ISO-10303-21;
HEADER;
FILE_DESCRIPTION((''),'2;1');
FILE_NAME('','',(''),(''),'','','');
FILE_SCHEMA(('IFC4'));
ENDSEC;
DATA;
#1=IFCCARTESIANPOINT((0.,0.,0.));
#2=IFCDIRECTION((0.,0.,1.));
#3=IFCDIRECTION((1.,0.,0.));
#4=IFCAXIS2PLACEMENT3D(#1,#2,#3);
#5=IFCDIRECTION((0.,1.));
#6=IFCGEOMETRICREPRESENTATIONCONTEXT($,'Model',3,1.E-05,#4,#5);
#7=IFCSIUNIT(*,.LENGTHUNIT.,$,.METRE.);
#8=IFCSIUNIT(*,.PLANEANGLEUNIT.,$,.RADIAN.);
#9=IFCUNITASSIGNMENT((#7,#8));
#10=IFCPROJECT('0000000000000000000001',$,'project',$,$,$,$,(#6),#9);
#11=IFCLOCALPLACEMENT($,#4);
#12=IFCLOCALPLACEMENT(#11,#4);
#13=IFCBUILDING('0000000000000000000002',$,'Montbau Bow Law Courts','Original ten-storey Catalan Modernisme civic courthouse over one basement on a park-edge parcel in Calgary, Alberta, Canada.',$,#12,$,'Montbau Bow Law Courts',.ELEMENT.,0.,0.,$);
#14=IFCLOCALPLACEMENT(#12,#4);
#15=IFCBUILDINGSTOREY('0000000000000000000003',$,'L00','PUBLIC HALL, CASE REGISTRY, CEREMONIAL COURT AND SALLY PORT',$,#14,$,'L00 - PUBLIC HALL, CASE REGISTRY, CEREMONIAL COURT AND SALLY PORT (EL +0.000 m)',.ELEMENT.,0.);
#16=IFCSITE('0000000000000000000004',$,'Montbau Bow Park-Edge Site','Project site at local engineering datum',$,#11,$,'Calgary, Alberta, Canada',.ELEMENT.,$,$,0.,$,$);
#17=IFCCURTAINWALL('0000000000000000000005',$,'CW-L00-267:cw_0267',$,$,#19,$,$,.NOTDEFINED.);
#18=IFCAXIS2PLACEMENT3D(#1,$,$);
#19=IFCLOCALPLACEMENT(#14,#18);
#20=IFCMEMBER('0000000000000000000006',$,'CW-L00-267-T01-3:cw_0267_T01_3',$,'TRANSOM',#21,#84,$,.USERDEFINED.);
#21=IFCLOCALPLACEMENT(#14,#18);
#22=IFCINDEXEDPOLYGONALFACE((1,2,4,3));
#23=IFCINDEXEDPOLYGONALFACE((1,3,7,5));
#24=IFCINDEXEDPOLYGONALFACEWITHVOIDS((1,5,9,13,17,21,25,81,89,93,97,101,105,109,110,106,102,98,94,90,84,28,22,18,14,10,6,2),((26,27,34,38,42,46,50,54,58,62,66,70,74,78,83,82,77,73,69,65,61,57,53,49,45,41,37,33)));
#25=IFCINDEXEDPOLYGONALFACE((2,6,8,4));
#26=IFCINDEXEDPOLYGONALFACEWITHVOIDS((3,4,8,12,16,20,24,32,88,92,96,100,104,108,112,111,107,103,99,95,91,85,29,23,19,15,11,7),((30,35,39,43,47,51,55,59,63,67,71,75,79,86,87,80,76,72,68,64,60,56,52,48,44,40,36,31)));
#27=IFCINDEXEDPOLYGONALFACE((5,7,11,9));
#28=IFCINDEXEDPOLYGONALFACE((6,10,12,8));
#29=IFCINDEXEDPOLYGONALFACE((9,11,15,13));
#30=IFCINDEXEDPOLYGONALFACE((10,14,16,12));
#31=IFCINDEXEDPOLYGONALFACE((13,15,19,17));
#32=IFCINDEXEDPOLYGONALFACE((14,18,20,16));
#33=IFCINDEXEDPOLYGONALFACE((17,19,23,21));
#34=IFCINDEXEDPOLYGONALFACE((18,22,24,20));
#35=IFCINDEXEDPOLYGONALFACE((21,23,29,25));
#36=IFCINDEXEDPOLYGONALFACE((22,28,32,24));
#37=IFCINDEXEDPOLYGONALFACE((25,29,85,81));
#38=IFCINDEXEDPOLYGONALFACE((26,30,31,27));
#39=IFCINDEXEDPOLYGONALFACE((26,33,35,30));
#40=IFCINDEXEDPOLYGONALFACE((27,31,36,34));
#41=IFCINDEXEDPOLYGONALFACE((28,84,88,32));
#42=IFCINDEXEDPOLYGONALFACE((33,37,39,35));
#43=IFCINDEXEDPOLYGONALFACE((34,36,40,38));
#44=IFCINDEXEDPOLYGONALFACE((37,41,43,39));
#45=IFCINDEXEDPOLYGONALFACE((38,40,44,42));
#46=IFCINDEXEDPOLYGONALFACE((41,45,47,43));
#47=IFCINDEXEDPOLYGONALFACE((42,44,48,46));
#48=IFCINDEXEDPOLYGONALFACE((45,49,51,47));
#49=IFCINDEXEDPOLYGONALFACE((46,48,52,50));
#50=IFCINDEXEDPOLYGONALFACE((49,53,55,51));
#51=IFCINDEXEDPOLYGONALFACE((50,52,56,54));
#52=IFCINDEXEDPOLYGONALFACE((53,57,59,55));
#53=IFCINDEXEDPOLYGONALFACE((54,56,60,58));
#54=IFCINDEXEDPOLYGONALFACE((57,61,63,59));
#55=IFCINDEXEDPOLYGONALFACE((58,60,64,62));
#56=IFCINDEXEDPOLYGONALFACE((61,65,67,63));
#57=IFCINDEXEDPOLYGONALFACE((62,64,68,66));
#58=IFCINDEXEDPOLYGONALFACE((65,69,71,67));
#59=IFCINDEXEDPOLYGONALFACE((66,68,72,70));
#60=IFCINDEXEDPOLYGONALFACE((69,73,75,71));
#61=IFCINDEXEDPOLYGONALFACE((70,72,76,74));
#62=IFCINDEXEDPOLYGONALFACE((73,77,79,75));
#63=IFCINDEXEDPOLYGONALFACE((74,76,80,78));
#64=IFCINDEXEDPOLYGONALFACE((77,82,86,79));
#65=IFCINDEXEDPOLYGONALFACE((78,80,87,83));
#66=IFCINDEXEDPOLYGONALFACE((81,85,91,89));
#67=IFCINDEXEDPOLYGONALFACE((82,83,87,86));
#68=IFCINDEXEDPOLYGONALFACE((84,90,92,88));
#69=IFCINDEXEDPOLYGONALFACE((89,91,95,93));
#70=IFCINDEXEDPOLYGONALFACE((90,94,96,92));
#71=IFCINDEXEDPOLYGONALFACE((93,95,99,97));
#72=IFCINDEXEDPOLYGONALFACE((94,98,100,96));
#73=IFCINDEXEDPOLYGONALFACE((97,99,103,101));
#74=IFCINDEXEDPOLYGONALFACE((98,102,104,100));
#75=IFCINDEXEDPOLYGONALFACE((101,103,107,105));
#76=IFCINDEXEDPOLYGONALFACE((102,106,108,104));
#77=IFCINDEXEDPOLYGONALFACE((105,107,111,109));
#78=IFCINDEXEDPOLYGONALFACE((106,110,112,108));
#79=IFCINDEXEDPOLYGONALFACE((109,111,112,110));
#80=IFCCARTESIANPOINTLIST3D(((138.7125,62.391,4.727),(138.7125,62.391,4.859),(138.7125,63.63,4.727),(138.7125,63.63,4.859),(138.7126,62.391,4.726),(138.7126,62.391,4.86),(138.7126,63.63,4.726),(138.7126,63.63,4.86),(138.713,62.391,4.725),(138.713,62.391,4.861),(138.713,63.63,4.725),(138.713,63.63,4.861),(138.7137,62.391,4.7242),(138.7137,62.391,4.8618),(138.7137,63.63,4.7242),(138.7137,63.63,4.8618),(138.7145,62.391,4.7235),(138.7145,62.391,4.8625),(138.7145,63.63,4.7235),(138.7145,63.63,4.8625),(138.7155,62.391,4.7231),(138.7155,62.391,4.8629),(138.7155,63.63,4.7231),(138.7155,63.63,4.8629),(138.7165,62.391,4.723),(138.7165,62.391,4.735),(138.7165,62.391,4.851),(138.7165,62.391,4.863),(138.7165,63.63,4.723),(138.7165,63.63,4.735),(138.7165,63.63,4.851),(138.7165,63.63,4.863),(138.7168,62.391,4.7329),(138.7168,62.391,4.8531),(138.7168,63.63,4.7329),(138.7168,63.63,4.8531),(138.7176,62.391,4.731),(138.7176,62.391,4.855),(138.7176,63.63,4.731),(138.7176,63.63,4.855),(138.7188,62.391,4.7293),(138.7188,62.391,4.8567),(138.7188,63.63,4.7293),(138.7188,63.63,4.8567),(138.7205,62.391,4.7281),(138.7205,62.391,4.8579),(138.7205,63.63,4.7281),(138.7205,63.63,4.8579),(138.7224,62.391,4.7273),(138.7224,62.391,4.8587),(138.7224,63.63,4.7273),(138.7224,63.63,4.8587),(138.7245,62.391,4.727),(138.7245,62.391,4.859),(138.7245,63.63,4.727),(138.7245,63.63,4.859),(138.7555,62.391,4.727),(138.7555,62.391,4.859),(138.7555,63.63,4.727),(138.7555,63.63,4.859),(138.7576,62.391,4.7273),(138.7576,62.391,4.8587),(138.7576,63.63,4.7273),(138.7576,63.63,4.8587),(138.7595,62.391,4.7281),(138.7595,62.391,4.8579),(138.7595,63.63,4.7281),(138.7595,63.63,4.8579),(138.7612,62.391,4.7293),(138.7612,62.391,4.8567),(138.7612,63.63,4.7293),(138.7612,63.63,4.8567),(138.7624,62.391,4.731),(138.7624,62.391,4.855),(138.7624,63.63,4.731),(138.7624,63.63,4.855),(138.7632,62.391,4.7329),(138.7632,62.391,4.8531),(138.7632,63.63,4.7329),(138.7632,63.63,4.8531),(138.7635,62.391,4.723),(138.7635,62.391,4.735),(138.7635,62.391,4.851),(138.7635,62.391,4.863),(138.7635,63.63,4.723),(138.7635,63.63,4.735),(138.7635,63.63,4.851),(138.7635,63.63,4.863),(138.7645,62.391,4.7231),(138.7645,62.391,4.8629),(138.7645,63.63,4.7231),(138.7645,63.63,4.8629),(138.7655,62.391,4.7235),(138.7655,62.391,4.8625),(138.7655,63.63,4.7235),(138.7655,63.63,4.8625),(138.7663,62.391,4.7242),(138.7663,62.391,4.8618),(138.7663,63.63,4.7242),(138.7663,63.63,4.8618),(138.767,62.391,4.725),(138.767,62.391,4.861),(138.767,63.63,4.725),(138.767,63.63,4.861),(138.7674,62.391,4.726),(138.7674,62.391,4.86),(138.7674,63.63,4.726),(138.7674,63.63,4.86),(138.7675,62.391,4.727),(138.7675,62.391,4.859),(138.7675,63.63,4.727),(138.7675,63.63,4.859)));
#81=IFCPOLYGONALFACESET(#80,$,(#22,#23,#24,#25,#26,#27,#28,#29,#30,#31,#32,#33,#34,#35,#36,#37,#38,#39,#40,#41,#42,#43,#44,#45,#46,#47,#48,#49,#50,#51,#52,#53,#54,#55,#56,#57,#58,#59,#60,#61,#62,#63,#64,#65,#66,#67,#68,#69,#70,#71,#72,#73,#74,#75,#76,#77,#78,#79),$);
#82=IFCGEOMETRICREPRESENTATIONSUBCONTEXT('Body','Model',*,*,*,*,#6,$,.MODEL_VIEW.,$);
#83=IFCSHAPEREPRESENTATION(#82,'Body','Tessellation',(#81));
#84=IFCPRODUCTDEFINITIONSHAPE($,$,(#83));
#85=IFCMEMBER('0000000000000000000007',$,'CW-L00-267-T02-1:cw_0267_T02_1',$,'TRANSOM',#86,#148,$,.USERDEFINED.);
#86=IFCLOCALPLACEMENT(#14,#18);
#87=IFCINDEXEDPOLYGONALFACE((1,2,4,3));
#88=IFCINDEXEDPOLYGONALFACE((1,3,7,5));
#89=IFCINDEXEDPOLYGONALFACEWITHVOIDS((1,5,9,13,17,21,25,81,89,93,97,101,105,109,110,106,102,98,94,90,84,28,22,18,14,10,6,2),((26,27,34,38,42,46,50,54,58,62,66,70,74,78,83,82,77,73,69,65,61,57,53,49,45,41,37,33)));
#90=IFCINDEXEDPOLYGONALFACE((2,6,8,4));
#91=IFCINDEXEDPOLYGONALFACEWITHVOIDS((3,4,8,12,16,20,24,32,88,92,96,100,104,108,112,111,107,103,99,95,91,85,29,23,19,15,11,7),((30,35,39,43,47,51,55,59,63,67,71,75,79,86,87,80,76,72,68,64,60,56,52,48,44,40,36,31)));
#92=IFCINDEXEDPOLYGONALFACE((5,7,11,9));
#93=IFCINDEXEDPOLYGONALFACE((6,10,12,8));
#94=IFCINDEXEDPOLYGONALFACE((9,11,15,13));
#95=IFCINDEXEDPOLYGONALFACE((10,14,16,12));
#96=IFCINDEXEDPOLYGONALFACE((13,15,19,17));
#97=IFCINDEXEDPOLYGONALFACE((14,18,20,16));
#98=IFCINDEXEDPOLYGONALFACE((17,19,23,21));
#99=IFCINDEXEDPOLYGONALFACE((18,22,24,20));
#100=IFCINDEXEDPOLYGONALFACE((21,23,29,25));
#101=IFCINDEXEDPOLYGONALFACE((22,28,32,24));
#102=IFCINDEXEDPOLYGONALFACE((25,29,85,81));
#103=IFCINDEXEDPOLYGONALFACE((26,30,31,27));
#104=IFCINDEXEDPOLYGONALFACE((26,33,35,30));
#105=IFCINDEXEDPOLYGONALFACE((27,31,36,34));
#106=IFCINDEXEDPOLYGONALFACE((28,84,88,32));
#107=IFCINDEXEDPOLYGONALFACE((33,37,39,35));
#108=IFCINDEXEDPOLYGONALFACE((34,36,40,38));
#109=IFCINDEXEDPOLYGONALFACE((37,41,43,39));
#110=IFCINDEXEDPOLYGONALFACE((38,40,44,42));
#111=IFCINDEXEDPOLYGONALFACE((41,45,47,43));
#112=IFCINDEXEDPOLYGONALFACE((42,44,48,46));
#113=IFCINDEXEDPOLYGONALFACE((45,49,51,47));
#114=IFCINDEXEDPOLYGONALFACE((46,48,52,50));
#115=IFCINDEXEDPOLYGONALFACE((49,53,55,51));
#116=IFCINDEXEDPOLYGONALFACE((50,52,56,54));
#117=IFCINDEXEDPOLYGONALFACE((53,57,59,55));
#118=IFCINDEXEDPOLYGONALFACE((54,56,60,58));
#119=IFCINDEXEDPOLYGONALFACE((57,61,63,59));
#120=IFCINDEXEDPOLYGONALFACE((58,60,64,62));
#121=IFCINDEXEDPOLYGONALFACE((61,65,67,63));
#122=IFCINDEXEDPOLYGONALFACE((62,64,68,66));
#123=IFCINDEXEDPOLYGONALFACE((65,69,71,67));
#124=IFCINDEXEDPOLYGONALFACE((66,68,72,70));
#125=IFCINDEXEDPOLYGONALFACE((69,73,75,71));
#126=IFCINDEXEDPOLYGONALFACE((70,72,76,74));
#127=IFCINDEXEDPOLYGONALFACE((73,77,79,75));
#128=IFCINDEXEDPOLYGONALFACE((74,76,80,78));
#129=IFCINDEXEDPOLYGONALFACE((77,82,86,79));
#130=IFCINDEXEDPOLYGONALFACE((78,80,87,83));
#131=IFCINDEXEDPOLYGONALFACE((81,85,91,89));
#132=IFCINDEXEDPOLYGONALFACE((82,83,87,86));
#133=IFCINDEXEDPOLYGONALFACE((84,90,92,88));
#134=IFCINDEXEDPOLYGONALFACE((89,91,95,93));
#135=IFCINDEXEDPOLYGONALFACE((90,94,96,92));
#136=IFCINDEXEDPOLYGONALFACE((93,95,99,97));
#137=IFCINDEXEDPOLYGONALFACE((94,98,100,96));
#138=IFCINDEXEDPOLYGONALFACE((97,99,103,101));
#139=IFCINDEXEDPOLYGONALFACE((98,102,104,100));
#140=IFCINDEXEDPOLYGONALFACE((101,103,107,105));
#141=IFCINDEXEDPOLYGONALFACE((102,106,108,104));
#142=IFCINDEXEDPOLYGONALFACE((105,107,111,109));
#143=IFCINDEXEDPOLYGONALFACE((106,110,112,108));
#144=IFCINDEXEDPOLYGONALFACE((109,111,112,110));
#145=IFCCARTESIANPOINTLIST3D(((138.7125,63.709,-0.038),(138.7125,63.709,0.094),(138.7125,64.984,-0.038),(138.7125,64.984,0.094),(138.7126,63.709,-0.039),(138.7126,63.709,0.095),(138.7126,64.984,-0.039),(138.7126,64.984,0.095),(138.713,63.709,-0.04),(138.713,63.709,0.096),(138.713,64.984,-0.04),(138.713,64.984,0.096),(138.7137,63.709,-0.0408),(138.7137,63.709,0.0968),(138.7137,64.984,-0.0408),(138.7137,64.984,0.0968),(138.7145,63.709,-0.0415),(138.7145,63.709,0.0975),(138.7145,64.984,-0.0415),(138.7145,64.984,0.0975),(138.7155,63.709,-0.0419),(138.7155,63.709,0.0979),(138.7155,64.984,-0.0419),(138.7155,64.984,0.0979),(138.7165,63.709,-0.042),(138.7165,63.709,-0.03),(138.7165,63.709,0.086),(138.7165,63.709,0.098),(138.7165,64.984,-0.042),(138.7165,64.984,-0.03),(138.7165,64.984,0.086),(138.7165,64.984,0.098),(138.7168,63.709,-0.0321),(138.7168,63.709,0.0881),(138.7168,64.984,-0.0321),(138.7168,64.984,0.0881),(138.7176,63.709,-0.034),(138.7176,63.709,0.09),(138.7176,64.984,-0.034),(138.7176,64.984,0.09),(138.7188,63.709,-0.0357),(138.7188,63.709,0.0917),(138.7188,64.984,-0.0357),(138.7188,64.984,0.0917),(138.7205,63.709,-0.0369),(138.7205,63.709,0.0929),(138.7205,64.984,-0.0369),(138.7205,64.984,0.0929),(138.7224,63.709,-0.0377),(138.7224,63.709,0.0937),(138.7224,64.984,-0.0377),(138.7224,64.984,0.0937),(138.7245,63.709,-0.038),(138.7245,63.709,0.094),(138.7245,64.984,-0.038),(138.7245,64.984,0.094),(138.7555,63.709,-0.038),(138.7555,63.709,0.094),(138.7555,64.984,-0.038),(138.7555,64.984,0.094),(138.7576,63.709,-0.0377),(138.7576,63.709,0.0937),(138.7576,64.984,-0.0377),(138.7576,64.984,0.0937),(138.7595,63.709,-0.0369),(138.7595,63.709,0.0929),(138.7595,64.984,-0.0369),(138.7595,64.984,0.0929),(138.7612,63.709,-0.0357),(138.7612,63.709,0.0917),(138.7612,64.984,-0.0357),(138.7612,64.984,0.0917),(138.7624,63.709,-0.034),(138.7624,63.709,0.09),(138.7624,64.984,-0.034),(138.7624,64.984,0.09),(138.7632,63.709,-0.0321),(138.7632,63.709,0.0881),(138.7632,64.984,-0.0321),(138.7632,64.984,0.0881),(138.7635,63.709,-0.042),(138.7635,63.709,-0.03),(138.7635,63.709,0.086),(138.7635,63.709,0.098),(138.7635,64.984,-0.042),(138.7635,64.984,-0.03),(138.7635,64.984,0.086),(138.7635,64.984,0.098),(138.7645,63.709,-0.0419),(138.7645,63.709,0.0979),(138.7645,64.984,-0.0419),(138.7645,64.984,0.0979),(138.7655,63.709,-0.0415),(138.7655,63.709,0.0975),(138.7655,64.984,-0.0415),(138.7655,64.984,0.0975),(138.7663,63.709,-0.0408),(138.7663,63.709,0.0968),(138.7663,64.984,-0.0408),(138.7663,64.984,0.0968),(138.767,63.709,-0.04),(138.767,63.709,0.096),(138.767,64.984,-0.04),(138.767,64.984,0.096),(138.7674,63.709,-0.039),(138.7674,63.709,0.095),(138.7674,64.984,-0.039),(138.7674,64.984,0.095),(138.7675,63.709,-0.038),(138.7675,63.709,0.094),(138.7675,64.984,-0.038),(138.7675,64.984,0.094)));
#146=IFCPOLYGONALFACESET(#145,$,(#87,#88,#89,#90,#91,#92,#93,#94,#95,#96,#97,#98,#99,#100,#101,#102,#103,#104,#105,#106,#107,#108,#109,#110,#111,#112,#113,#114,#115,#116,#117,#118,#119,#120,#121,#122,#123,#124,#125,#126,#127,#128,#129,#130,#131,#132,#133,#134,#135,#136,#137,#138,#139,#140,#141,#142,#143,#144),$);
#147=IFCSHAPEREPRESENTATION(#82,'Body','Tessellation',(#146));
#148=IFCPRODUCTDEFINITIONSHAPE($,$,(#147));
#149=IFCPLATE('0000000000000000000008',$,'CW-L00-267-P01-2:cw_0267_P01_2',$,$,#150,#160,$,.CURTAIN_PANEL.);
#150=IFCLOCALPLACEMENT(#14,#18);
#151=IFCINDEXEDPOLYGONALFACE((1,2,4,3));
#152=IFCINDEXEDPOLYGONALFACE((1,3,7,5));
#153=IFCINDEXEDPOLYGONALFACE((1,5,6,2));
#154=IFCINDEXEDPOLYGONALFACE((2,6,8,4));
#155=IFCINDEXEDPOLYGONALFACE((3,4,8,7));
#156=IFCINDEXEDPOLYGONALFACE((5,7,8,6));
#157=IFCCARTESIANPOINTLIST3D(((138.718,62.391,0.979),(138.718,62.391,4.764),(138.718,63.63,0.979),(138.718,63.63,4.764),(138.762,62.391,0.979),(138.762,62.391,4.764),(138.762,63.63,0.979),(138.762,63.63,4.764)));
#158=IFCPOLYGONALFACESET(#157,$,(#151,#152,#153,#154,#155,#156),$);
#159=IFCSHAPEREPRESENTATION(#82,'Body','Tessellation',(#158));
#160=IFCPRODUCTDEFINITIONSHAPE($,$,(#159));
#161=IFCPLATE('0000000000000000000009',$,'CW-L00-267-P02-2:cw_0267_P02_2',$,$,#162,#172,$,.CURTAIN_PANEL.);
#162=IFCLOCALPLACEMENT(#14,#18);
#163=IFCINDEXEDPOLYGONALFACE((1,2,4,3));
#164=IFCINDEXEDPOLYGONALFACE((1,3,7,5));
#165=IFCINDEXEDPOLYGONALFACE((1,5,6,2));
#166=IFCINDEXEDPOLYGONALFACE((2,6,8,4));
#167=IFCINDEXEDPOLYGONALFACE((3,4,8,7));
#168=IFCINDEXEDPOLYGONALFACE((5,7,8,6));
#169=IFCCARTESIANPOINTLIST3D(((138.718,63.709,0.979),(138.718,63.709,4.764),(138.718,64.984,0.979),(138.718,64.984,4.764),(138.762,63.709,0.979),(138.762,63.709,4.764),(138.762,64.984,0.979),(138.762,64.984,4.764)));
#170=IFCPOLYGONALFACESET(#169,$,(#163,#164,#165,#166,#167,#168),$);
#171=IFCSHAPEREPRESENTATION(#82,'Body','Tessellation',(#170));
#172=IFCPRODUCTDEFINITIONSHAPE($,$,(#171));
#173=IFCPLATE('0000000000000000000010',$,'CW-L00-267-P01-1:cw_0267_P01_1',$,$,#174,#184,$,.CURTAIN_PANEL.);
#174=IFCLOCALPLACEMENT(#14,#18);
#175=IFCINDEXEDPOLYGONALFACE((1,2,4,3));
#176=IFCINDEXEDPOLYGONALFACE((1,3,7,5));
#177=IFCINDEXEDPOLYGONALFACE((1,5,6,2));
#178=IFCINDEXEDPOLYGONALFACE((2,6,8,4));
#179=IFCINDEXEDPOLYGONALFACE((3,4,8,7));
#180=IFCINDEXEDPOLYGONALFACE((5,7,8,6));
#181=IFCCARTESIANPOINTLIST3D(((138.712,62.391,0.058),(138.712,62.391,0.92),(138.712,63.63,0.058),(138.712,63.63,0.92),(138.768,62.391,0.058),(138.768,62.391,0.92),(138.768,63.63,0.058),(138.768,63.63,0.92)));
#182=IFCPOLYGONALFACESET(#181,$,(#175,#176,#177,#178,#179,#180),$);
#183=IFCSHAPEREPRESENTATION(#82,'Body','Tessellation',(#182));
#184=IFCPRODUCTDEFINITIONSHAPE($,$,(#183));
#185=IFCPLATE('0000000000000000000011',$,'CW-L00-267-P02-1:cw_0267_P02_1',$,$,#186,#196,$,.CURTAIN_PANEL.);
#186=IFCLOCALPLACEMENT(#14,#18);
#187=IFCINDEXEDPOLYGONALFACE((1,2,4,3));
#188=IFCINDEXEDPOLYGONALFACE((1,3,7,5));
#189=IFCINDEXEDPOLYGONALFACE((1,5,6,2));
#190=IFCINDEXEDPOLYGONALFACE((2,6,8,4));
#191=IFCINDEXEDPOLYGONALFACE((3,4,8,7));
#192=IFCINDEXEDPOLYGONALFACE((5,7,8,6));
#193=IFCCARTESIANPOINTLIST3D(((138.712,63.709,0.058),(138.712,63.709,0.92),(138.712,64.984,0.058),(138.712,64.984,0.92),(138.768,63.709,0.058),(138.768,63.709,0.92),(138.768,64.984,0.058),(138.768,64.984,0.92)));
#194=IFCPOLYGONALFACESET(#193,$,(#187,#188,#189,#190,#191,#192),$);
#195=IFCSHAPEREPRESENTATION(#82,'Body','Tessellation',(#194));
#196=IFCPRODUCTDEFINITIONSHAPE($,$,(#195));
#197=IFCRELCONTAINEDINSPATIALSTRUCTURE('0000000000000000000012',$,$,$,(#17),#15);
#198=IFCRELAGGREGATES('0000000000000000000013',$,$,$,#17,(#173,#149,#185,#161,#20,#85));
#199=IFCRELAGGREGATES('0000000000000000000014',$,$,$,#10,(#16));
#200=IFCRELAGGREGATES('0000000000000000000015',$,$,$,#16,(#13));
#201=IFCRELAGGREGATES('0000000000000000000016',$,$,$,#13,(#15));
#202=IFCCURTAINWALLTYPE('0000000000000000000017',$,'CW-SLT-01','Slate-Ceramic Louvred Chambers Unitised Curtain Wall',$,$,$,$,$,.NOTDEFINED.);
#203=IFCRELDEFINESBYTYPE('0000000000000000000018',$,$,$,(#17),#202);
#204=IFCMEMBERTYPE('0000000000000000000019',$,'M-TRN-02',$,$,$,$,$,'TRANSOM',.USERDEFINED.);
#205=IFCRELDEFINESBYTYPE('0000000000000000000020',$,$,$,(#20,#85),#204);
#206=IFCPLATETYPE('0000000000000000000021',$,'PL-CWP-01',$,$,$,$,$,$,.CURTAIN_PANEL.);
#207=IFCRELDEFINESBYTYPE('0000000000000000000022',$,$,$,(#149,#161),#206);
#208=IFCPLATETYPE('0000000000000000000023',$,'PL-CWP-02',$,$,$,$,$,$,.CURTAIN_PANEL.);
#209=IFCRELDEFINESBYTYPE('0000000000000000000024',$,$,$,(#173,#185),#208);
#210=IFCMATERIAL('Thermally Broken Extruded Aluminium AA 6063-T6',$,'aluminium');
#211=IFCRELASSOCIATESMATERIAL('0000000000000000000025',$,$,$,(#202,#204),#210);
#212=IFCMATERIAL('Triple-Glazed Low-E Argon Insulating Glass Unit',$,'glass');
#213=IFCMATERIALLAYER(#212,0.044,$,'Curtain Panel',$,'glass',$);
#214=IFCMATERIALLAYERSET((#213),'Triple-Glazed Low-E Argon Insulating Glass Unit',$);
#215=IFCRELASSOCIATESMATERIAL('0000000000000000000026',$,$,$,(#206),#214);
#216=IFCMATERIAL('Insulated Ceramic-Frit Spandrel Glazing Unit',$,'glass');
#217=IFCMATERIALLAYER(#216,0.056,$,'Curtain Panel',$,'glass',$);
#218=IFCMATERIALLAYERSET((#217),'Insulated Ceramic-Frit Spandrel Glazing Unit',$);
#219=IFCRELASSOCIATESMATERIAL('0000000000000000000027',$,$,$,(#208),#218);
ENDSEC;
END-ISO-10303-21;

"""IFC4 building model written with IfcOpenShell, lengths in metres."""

from ifc_helpers import new_model, si_unit, direction, frame, frame_2d, origin_with_axes, origin_2d_with_axis, place, context, subcontext, project, spatial, rectangle, hollow_rectangle, extrude, material, layer, layer_set, material_profile, profile_set, type_object, element, aggregate, save


model = new_model("IFC4")

# Units and contexts
model_context = context("Model", 3, precision=1e-05, world=origin_with_axes(), true_north=direction((0.0, 1.0)))
body_context = subcontext(model_context, "Body", "Model", "MODEL_VIEW")
ifc_project = project(units=[si_unit("LENGTHUNIT", "METRE"), si_unit("PLANEANGLEUNIT", "RADIAN")], contexts=[model_context])

# Site, building, storey
site_placement = place(None, origin_with_axes())
site = spatial("IfcSite", under=ifc_project, at=site_placement, Name="Montbau Bow Park-Edge Site", Description="Project site at local engineering datum", LongName="Calgary, Alberta, Canada", CompositionType="ELEMENT", RefElevation=0.0)
building_placement = place(site_placement, origin_with_axes())
building = spatial("IfcBuilding", under=site, at=building_placement, Name="Montbau Bow Law Courts", Description="Original ten-storey Catalan Modernisme civic courthouse over one basement on a park-edge parcel in Calgary, Alberta, Canada.", LongName="Montbau Bow Law Courts", CompositionType="ELEMENT", ElevationOfRefHeight=0.0, ElevationOfTerrain=0.0)
storey_placement = place(building_placement, origin_with_axes())
storey = spatial("IfcBuildingStorey", under=building, at=storey_placement, Name="L00", Description="PUBLIC HALL, CASE REGISTRY, CEREMONIAL COURT AND SALLY PORT", LongName="L00 - PUBLIC HALL, CASE REGISTRY, CEREMONIAL COURT AND SALLY PORT (EL +0.000 m)", CompositionType="ELEMENT", Elevation=0.0)

# Curtain wall, members, plates
ifc_material_1 = material(Name="Thermally Broken Extruded Aluminium AA 6063-T6", Category="aluminium")
curtain_wall_type = type_object("IfcCurtainWallType", Name="CW-SLT-01", Description="Slate-Ceramic Louvred Chambers Unitised Curtain Wall", PredefinedType="NOTDEFINED", material=ifc_material_1)
curtain_wall_placement = place(None, frame((138.74, 62.315, 0.0), z_axis=(0.0, 0.0, 1.0), x_axis=(1.0, 0.0, 0.0)))
curtain_wall = element("IfcCurtainWall", 1, at=curtain_wall_placement, inside=storey, type_object=curtain_wall_type, Name="CW-L00-267:cw_0267", PredefinedType="NOTDEFINED")
ifc_material_profile_1 = material_profile(ifc_material_1, hollow_rectangle(XDim=0.055, YDim=0.14, WallThickness=0.004, InnerFilletRadius=0.008, OuterFilletRadius=0.004, at=origin_2d_with_axis()), Name="CWT-140X55", Category="Main", Priority=0)
ifc_profile_set_1 = profile_set([ifc_material_profile_1], Name="Thermally Broken Extruded Aluminium AA 6063-T6")
member_type_1 = type_object("IfcMemberType", Name="M-TRN-02", ElementType="TRANSOM", PredefinedType="USERDEFINED", material=ifc_profile_set_1)
member_1_placement = place(None, frame((138.74, 62.391, 4.793), z_axis=(0.0, 1.0, 0.0), x_axis=(-1.0, 0.0, 0.0)))
member_1 = element("IfcMember", 2, at=member_1_placement, type_object=member_type_1, Name="CW-L00-267-T01-3:cw_0267_T01_3", ObjectType="TRANSOM", PredefinedType="USERDEFINED", context=body_context, shape_type="SweptSolid", body=[
    extrude(hollow_rectangle(XDim=0.055, YDim=0.14, WallThickness=0.004, InnerFilletRadius=0.008, OuterFilletRadius=0.004, at=origin_2d_with_axis()), origin_with_axes(), (0.0, 0.0, 1.0), 1.239),
])
member_2_placement = place(None, frame((138.74, 63.709, 0.028), z_axis=(0.0, 1.0, 0.0), x_axis=(-1.0, 0.0, 0.0)))
member_2 = element("IfcMember", 3, at=member_2_placement, type_object=member_type_1, Name="CW-L00-267-T02-1:cw_0267_T02_1", ObjectType="TRANSOM", PredefinedType="USERDEFINED", context=body_context, shape_type="SweptSolid", body=[
    extrude(hollow_rectangle(XDim=0.055, YDim=0.14, WallThickness=0.004, InnerFilletRadius=0.008, OuterFilletRadius=0.004, at=origin_2d_with_axis()), origin_with_axes(), (0.0, 0.0, 1.0), 1.275),
])
ifc_material_2 = material(Name="Triple-Glazed Low-E Argon Insulating Glass Unit", Category="glass")
ifc_layer_1 = layer(ifc_material_2, 0.044, Name="Curtain Panel", Category="glass")
ifc_layer_set_1 = layer_set([ifc_layer_1], Name="Triple-Glazed Low-E Argon Insulating Glass Unit")
plate_type_1 = type_object("IfcPlateType", Name="PL-CWP-01", PredefinedType="CURTAIN_PANEL", material=ifc_layer_set_1)
plate_1_placement = place(None, frame((138.74, 62.391, 0.979), z_axis=(1.0, 0.0, 0.0), x_axis=(0.0, 1.0, 0.0)))
plate_1 = element("IfcPlate", 4, at=plate_1_placement, type_object=plate_type_1, Name="CW-L00-267-P01-2:cw_0267_P01_2", PredefinedType="CURTAIN_PANEL", context=body_context, shape_type="SweptSolid", body=[
    extrude(rectangle(XDim=1.239, YDim=3.785, at=frame_2d((0.6195, 1.8925), x_axis=(1.0, 0.0))), frame((0.0, 0.0, -0.022), z_axis=(0.0, 0.0, 1.0), x_axis=(1.0, 0.0, 0.0)), (0.0, 0.0, 1.0), 0.044),
])
plate_2_placement = place(None, frame((138.74, 63.709, 0.979), z_axis=(1.0, 0.0, 0.0), x_axis=(0.0, 1.0, 0.0)))
plate_2 = element("IfcPlate", 5, at=plate_2_placement, type_object=plate_type_1, Name="CW-L00-267-P02-2:cw_0267_P02_2", PredefinedType="CURTAIN_PANEL", context=body_context, shape_type="SweptSolid", body=[
    extrude(rectangle(XDim=1.275, YDim=3.785, at=frame_2d((0.6375, 1.8925), x_axis=(1.0, 0.0))), frame((0.0, 0.0, -0.022), z_axis=(0.0, 0.0, 1.0), x_axis=(1.0, 0.0, 0.0)), (0.0, 0.0, 1.0), 0.044),
])
ifc_material_3 = material(Name="Insulated Ceramic-Frit Spandrel Glazing Unit", Category="glass")
ifc_layer_2 = layer(ifc_material_3, 0.056, Name="Curtain Panel", Category="glass")
ifc_layer_set_2 = layer_set([ifc_layer_2], Name="Insulated Ceramic-Frit Spandrel Glazing Unit")
plate_type_2 = type_object("IfcPlateType", Name="PL-CWP-02", PredefinedType="CURTAIN_PANEL", material=ifc_layer_set_2)
plate_3_placement = place(None, frame((138.74, 62.391, 0.058), z_axis=(1.0, 0.0, 0.0), x_axis=(0.0, 1.0, 0.0)))
plate_3 = element("IfcPlate", 6, at=plate_3_placement, type_object=plate_type_2, Name="CW-L00-267-P01-1:cw_0267_P01_1", PredefinedType="CURTAIN_PANEL", context=body_context, shape_type="SweptSolid", body=[
    extrude(rectangle(XDim=1.239, YDim=0.862, at=frame_2d((0.6195, 0.431), x_axis=(1.0, 0.0))), frame((0.0, 0.0, -0.028), z_axis=(0.0, 0.0, 1.0), x_axis=(1.0, 0.0, 0.0)), (0.0, 0.0, 1.0), 0.056),
])
plate_4_placement = place(None, frame((138.74, 63.709, 0.058), z_axis=(1.0, 0.0, 0.0), x_axis=(0.0, 1.0, 0.0)))
plate_4 = element("IfcPlate", 7, at=plate_4_placement, type_object=plate_type_2, Name="CW-L00-267-P02-1:cw_0267_P02_1", PredefinedType="CURTAIN_PANEL", context=body_context, shape_type="SweptSolid", body=[
    extrude(rectangle(XDim=1.275, YDim=0.862, at=frame_2d((0.6375, 0.431), x_axis=(1.0, 0.0))), frame((0.0, 0.0, -0.028), z_axis=(0.0, 0.0, 1.0), x_axis=(1.0, 0.0, 0.0)), (0.0, 0.0, 1.0), 0.056),
])
aggregate(curtain_wall, [plate_3, plate_1, plate_4, plate_2, member_1, member_2])

save(model, "model.ifc")
